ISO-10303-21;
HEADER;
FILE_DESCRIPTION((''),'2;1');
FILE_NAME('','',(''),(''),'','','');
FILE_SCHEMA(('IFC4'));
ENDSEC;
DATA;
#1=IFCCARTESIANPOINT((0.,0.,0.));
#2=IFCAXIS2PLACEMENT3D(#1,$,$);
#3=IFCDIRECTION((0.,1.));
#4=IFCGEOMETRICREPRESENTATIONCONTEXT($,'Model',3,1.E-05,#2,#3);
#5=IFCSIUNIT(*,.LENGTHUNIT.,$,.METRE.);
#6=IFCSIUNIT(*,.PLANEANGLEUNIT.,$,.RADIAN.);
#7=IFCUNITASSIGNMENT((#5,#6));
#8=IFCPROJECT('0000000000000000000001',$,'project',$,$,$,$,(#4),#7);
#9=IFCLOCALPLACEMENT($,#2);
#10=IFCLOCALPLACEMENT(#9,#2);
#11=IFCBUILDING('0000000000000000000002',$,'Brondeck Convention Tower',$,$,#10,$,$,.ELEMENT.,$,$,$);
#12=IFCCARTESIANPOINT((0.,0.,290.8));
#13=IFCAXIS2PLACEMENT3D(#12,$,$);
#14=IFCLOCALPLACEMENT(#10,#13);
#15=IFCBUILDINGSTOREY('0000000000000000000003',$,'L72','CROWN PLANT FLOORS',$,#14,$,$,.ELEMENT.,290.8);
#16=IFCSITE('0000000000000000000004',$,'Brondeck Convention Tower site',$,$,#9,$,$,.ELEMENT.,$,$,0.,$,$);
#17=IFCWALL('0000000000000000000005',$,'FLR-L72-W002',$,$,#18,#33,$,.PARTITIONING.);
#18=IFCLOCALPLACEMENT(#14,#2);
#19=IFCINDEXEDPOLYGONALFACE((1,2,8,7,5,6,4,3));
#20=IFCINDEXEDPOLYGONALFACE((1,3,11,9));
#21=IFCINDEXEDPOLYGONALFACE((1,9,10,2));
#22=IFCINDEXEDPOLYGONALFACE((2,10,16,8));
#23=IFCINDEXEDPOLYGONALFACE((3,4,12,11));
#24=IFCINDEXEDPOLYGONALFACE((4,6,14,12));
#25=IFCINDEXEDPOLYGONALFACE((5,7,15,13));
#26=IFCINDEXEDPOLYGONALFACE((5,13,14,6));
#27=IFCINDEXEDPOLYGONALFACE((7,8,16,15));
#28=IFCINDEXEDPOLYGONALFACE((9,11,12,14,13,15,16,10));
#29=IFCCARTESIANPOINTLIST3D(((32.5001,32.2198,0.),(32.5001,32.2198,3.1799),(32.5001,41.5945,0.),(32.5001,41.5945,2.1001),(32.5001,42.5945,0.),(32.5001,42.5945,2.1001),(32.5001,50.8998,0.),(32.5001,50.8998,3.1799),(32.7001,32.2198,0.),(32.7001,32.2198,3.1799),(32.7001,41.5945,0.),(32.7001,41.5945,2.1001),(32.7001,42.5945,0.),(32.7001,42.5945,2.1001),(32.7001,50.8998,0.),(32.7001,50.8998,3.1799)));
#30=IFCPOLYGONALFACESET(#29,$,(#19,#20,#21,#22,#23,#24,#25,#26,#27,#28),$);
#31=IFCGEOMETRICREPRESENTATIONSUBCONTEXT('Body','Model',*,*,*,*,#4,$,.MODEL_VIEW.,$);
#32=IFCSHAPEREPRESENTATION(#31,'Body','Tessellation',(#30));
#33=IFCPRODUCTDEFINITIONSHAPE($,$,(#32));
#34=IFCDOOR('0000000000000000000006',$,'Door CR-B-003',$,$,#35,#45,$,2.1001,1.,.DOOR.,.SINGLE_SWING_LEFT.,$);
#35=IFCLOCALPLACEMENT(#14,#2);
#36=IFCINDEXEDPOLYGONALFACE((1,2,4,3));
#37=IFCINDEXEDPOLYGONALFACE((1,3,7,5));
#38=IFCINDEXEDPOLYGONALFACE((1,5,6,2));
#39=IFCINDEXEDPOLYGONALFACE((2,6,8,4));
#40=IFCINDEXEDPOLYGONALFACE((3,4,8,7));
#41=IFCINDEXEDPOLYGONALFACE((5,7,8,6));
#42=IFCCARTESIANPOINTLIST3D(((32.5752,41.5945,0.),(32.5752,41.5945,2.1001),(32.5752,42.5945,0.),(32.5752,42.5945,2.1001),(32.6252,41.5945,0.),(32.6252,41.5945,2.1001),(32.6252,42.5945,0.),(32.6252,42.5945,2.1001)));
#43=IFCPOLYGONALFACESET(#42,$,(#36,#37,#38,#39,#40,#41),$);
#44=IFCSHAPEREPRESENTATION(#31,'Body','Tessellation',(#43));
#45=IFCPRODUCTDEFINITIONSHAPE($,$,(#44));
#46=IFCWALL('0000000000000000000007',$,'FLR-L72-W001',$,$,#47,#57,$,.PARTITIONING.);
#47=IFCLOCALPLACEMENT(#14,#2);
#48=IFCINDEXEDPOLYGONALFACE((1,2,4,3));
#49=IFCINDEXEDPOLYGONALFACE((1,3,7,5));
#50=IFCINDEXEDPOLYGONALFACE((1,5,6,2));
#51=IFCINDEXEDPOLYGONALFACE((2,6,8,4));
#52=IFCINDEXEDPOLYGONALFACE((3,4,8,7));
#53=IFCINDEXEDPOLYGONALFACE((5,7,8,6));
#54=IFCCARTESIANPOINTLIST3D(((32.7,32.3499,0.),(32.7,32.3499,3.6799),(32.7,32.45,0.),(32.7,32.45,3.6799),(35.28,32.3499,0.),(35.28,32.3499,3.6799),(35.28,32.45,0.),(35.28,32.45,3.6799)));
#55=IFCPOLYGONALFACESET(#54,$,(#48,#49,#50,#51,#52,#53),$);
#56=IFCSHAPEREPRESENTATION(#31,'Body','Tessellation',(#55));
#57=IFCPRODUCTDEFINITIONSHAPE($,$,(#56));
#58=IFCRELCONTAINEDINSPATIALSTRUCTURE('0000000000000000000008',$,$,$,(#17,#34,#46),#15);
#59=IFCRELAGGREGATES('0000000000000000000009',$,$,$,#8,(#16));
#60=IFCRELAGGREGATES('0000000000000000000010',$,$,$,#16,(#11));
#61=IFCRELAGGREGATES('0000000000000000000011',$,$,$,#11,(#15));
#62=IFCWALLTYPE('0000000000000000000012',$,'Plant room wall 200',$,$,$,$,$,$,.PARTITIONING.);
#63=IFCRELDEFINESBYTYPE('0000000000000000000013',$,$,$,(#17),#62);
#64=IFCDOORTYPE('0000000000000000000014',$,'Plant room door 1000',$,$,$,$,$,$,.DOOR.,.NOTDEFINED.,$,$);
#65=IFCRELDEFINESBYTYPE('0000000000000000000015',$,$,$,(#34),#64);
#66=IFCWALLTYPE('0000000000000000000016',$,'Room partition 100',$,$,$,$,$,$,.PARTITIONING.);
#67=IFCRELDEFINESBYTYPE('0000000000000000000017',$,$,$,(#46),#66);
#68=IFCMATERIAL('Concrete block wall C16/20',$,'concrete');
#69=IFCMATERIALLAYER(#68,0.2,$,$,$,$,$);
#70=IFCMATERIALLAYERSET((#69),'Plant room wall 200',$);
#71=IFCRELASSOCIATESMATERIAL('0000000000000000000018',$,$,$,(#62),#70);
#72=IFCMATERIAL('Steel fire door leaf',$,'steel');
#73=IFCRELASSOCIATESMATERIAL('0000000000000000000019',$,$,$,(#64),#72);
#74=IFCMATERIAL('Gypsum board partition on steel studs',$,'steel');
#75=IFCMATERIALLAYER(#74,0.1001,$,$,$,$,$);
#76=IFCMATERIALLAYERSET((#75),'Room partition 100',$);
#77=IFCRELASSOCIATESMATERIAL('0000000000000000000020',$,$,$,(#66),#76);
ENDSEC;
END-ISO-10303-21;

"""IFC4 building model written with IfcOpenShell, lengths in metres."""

from ifc_helpers import new_model, si_unit, direction, frame, frame_2d, origin, place, context, subcontext, project, spatial, rectangle, extrude, material, layer, layer_set, type_object, element, fill, save


model = new_model("IFC4")

# Units and contexts
model_context = context("Model", 3, precision=1e-05, world=origin(), true_north=direction((0.0, 1.0)))
body_context = subcontext(model_context, "Body", "Model", "MODEL_VIEW")
ifc_project = project(units=[si_unit("LENGTHUNIT", "METRE"), si_unit("PLANEANGLEUNIT", "RADIAN")], contexts=[model_context])

# Site, building, storey
site_placement = place(None, origin())
site = spatial("IfcSite", under=ifc_project, at=site_placement, Name="Brondeck Convention Tower site", CompositionType="ELEMENT", RefElevation=0.0)
building_placement = place(site_placement, origin())
building = spatial("IfcBuilding", under=site, at=building_placement, Name="Brondeck Convention Tower", CompositionType="ELEMENT")
storey_placement = place(building_placement, frame((0.0, 0.0, 290.8)))
storey = spatial("IfcBuildingStorey", under=building, at=storey_placement, Name="L72", Description="CROWN PLANT FLOORS", CompositionType="ELEMENT", Elevation=290.8)

# Wall, opening, door
ifc_material_1 = material(Name="Concrete block wall C16/20", Category="concrete")
ifc_layer_1 = layer(ifc_material_1, 0.2)
ifc_layer_set_1 = layer_set([ifc_layer_1], Name="Plant room wall 200")
wall_type_1 = type_object("IfcWallType", Name="Plant room wall 200", PredefinedType="PARTITIONING", material=ifc_layer_set_1)
wall_1_placement = place(storey_placement, frame((32.6001, 32.22, 0.0), z_axis=(0.0, 0.0, 1.0), x_axis=(0.0, 1.0, 0.0)))
wall_1 = element("IfcWall", 1, at=wall_1_placement, inside=storey, type_object=wall_type_1, Name="FLR-L72-W002", PredefinedType="PARTITIONING", context=body_context, shape_type="SweptSolid", body=[
    extrude(rectangle(XDim=18.6799, YDim=0.2, at=frame_2d((9.3398, 0.0))), origin(), (0.0, 0.0, 1.0), 3.1799),
])
opening_1_placement = place(wall_1_placement, frame((9.3745, 0.0, 0.0)))
opening_1 = element("IfcOpeningElement", 2, at=opening_1_placement, cuts=wall_1, PredefinedType="OPENING", context=body_context, shape_type="SweptSolid", body=[
    extrude(rectangle(XDim=1.0, YDim=2.1001, at=frame_2d((0.5, 1.05))), frame((0.0, 0.1099, 0.0), z_axis=(0.0, -1.0, 0.0), x_axis=(1.0, 0.0, 0.0)), (0.0, 0.0, 1.0), 0.22),
])
ifc_material_2 = material(Name="Steel fire door leaf", Category="steel")
door_type = type_object("IfcDoorType", Name="Plant room door 1000", OperationType="NOTDEFINED", PredefinedType="DOOR", material=ifc_material_2)
door_placement = place(opening_1_placement, origin())
door = element("IfcDoor", 3, at=door_placement, inside=storey, type_object=door_type, Name="Door CR-B-003", OperationType="SINGLE_SWING_LEFT", OverallHeight=2.1001, OverallWidth=1.0, PredefinedType="DOOR", context=body_context, shape_type="SweptSolid", body=[
    extrude(rectangle(XDim=1.0, YDim=2.1001, at=frame_2d((0.5, 1.05))), frame((0.0, 0.0249, 0.0), z_axis=(0.0, -1.0, 0.0), x_axis=(1.0, 0.0, 0.0)), (0.0, 0.0, 1.0), 0.05),
])
fill(opening_1, door)

# Wall
ifc_material_3 = material(Name="Gypsum board partition on steel studs", Category="steel")
ifc_layer_2 = layer(ifc_material_3, 0.1001)
ifc_layer_set_2 = layer_set([ifc_layer_2], Name="Room partition 100")
wall_type_2 = type_object("IfcWallType", Name="Room partition 100", PredefinedType="PARTITIONING", material=ifc_layer_set_2)
wall_2_placement = place(storey_placement, frame((35.28, 32.3999, 0.0), z_axis=(0.0, 0.0, 1.0), x_axis=(-1.0, 0.0, 0.0)))
element("IfcWall", 4, at=wall_2_placement, inside=storey, type_object=wall_type_2, Name="FLR-L72-W001", PredefinedType="PARTITIONING", context=body_context, shape_type="SweptSolid", body=[
    extrude(rectangle(XDim=2.5801, YDim=0.1001, at=frame_2d((1.29, 0.0))), origin(), (0.0, 0.0, 1.0), 3.6799),
])

save(model, "model.ifc")
